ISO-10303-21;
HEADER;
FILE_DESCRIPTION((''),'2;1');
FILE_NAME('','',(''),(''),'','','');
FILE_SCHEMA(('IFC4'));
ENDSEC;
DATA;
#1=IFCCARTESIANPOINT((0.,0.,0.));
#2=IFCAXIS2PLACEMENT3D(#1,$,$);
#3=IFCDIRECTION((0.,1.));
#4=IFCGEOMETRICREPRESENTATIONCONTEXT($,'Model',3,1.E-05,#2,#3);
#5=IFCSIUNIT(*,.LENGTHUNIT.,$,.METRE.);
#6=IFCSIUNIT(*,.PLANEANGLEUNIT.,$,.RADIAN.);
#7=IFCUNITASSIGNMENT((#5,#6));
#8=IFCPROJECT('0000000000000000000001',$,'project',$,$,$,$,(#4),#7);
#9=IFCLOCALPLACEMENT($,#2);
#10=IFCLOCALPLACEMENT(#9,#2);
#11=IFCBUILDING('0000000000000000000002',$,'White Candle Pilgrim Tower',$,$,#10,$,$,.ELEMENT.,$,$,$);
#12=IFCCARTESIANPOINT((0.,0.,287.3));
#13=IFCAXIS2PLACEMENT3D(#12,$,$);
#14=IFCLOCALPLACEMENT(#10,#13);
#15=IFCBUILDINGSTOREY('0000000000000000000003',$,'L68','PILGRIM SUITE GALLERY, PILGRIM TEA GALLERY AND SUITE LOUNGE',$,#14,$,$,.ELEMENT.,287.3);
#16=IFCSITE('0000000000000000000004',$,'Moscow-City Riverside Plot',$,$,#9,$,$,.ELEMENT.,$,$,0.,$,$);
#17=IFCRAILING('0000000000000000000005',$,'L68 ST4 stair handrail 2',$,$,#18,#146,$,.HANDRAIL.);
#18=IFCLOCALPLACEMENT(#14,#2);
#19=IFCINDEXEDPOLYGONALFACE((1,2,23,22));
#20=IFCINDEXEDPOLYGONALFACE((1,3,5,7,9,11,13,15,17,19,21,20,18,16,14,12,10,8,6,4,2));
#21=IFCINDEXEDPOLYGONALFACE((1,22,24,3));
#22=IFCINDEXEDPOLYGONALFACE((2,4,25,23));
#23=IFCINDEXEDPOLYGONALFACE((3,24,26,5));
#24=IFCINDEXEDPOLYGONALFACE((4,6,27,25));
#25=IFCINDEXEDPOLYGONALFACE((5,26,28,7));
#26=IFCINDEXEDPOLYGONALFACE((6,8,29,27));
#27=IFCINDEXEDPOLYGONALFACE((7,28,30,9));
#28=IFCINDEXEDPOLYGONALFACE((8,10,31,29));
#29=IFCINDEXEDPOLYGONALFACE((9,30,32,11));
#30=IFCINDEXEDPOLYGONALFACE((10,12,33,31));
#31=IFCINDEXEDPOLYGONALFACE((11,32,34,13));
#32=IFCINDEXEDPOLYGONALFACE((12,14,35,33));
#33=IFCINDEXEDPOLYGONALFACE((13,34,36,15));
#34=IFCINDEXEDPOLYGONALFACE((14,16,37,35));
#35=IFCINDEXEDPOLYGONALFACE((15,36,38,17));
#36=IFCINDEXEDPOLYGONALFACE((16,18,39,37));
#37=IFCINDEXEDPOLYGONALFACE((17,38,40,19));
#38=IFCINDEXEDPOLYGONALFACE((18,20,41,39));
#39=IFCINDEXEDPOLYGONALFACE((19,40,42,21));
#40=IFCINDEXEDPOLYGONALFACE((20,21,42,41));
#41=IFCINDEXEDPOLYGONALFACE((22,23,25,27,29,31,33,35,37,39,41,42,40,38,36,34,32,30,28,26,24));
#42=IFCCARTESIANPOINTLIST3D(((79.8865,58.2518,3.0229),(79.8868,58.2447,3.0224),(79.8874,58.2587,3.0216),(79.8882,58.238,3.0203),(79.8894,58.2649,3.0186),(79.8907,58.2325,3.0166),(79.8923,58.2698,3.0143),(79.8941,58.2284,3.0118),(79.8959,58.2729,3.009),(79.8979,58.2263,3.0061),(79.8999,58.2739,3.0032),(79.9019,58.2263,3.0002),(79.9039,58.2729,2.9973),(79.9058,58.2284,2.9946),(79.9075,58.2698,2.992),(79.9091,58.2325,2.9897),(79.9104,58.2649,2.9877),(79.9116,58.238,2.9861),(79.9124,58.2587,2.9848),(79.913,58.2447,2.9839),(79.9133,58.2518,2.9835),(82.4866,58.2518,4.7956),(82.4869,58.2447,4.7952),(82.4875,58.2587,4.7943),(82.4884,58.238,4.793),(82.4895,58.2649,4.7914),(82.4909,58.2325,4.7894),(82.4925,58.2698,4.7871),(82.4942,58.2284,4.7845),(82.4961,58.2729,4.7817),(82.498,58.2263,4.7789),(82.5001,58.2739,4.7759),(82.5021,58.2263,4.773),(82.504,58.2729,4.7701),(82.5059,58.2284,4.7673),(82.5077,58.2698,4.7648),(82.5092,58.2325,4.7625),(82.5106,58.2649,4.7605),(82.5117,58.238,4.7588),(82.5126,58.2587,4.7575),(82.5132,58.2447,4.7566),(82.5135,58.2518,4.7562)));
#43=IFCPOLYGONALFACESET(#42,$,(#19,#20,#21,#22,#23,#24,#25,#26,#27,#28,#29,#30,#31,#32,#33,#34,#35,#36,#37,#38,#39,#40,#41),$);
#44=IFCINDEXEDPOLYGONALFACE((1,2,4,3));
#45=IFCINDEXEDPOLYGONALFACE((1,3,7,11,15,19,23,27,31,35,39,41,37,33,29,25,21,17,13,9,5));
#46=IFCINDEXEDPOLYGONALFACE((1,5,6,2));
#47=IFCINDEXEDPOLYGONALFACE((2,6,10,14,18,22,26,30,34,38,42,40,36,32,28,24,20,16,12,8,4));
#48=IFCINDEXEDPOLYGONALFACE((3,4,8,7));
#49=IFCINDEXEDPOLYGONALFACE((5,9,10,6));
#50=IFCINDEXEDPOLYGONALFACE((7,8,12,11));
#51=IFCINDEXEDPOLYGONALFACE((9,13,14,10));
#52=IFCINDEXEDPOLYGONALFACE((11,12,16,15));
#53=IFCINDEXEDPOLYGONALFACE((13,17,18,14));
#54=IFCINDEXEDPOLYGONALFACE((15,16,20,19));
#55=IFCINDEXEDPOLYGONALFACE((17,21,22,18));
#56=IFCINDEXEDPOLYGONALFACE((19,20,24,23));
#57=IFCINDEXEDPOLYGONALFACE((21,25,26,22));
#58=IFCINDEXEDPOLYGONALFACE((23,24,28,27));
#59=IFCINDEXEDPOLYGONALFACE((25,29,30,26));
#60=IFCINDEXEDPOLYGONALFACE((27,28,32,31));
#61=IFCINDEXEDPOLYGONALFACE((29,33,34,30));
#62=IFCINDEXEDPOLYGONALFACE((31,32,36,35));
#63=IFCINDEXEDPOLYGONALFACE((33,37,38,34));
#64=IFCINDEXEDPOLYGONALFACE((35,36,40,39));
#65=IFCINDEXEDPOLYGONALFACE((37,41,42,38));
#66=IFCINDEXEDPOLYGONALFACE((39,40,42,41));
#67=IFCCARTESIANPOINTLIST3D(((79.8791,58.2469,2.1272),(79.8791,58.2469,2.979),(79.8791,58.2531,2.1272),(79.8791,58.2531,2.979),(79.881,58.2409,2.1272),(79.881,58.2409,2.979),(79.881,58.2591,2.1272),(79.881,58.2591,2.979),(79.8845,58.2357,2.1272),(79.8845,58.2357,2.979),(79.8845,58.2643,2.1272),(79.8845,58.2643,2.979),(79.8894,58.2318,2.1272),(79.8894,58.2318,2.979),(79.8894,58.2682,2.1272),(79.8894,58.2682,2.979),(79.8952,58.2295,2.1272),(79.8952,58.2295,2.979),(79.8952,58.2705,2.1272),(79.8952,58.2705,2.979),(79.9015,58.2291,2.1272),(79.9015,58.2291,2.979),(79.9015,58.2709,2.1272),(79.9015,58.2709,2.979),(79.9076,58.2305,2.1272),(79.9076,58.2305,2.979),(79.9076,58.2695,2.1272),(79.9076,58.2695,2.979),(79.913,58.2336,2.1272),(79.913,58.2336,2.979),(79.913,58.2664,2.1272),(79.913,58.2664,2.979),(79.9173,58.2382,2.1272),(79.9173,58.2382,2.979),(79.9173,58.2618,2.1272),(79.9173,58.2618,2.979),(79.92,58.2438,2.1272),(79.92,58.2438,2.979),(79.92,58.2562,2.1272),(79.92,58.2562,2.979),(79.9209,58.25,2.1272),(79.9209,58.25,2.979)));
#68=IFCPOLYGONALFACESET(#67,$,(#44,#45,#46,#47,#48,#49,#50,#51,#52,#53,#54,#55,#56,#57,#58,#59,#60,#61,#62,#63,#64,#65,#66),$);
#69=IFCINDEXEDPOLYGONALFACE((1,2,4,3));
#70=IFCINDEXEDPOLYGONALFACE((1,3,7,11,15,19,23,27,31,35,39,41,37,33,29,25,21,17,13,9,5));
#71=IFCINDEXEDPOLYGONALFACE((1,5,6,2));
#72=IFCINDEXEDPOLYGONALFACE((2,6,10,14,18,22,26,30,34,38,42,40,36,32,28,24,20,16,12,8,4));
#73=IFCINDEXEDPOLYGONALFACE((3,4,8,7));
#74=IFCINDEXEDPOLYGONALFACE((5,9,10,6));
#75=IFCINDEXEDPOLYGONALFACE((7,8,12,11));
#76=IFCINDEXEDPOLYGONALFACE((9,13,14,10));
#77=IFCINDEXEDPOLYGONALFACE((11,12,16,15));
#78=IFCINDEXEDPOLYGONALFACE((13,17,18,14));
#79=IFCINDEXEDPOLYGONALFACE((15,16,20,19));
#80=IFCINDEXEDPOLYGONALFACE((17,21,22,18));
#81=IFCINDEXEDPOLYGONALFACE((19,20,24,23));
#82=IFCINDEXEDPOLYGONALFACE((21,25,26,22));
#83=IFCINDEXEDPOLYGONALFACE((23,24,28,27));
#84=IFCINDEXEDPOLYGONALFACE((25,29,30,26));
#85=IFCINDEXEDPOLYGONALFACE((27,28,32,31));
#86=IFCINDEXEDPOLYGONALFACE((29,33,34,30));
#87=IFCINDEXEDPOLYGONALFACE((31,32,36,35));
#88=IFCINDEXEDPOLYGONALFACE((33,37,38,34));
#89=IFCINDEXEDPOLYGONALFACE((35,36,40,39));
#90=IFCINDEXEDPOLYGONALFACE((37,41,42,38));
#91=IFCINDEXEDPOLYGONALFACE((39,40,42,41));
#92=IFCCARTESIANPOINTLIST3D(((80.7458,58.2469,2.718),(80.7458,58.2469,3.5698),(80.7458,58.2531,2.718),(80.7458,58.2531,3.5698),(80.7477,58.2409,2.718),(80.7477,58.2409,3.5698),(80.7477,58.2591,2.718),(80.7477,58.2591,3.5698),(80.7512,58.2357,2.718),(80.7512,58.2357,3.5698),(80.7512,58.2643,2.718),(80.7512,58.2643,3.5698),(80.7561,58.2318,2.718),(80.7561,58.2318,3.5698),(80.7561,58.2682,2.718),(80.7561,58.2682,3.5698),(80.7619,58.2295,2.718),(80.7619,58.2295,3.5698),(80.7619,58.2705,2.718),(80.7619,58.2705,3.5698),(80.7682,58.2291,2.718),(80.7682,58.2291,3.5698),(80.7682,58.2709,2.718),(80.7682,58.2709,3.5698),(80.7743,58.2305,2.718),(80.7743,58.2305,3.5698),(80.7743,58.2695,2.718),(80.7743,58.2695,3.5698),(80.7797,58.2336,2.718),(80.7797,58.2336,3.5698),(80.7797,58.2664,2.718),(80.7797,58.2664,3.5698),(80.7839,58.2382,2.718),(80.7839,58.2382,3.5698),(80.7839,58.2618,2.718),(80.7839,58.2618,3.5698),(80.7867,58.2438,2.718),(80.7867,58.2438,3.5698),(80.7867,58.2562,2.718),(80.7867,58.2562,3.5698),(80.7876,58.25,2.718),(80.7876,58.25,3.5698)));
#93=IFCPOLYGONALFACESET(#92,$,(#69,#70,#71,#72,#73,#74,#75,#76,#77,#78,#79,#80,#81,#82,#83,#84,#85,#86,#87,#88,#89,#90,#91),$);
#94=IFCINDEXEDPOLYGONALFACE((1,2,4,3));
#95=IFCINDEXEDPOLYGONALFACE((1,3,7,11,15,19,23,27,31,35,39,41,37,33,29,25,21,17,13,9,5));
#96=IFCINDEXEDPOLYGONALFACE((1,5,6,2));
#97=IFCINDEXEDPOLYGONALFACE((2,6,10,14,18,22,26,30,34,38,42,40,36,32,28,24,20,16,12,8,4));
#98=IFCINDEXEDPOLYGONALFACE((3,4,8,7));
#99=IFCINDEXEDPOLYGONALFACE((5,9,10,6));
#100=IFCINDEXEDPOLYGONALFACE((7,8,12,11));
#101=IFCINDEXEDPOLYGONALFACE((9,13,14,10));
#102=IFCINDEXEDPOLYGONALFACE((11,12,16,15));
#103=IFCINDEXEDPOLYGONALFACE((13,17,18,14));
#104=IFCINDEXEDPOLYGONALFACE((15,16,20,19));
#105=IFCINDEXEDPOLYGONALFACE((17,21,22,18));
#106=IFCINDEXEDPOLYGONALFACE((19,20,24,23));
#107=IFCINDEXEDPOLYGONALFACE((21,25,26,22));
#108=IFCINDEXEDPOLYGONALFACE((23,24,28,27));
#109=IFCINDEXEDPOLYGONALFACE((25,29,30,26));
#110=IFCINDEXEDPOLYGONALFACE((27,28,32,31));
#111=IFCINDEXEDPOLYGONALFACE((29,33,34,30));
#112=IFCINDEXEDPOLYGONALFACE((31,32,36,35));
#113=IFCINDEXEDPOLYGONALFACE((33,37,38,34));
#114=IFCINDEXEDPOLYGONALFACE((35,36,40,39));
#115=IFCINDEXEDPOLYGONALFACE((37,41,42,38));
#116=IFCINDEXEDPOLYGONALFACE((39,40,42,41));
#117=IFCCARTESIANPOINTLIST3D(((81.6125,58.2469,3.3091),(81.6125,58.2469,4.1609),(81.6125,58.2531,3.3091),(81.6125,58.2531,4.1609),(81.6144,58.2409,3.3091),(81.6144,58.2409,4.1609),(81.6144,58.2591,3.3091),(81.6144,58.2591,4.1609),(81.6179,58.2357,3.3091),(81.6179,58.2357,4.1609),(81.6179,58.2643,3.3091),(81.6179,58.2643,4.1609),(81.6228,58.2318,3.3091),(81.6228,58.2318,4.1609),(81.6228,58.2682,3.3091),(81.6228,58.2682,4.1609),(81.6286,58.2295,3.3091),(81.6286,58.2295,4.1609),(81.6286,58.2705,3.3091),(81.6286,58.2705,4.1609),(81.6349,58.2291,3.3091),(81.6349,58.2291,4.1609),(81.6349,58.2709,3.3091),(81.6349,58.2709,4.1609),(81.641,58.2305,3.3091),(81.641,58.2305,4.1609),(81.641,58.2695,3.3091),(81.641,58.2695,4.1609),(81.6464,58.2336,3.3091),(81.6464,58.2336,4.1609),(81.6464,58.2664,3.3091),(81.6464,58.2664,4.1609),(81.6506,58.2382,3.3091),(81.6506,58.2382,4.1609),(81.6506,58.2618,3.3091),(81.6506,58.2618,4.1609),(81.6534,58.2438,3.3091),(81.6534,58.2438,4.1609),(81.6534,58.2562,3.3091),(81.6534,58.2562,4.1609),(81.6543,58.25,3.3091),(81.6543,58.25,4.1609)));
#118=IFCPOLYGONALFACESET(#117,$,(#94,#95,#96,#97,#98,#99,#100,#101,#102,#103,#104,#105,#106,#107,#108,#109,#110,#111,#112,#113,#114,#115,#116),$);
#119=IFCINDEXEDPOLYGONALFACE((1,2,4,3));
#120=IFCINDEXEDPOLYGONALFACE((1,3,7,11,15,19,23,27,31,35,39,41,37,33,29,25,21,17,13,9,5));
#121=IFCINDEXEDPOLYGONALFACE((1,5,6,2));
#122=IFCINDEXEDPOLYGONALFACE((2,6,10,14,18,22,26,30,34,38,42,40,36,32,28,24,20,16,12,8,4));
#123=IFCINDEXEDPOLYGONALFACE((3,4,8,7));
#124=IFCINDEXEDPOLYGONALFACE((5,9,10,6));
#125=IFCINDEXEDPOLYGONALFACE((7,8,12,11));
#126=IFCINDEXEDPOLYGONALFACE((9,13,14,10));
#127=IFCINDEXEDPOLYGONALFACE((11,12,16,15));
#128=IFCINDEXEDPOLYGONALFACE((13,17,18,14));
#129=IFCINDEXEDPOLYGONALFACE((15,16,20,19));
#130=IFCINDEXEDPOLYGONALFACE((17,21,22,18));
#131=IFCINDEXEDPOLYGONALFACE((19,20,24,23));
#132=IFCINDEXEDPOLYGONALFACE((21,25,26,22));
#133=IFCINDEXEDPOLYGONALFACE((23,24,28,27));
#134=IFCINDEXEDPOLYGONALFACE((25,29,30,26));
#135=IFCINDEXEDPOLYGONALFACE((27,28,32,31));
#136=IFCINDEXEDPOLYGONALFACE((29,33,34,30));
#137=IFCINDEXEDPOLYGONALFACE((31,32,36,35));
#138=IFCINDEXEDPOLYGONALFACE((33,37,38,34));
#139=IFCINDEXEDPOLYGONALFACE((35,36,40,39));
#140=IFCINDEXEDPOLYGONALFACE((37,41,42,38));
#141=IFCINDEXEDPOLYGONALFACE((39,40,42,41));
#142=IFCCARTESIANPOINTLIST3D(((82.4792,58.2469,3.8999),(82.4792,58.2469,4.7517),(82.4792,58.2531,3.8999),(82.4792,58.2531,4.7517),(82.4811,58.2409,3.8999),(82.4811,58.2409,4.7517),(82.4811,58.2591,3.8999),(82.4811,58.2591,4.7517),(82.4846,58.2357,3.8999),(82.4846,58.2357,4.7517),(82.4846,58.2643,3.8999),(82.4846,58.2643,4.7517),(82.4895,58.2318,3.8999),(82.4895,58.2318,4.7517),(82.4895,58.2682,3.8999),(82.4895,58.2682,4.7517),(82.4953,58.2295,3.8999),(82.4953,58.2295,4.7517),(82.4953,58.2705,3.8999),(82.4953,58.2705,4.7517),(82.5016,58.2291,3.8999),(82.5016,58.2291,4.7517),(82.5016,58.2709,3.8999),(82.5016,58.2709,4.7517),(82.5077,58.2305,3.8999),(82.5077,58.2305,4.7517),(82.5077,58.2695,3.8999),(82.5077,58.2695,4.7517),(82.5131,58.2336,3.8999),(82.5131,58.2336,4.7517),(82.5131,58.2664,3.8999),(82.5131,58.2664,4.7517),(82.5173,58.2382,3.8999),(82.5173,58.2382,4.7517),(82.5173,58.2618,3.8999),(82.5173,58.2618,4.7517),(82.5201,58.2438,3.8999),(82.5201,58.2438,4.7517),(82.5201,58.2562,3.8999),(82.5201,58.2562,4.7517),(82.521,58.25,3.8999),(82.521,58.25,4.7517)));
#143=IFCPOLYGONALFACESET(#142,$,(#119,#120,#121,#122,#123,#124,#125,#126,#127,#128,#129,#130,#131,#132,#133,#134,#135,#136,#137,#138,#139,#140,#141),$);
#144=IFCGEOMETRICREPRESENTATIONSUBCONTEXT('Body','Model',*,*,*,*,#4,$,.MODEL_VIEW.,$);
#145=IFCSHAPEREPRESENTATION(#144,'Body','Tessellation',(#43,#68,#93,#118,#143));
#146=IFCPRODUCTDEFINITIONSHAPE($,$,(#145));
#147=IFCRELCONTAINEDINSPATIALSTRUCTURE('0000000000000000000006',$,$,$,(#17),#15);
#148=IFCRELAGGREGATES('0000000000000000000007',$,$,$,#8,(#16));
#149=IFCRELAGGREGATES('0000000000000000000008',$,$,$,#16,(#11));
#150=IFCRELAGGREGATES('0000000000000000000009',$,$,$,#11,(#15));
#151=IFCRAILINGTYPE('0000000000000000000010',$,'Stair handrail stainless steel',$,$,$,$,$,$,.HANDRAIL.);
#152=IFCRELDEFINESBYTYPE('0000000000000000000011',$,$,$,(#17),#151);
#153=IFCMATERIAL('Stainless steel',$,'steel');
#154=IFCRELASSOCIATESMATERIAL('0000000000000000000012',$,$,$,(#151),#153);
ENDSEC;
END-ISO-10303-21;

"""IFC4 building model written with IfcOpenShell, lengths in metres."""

from ifc_helpers import new_model, si_unit, direction, frame, origin, origin_2d, place, context, subcontext, project, spatial, circle, extrude, material, type_object, element, save


model = new_model("IFC4")

# Units and contexts
model_context = context("Model", 3, precision=1e-05, world=origin(), true_north=direction((0.0, 1.0)))
body_context = subcontext(model_context, "Body", "Model", "MODEL_VIEW")
ifc_project = project(units=[si_unit("LENGTHUNIT", "METRE"), si_unit("PLANEANGLEUNIT", "RADIAN")], contexts=[model_context])

# Site, building, storey
site_placement = place(None, origin())
site = spatial("IfcSite", under=ifc_project, at=site_placement, Name="Moscow-City Riverside Plot", CompositionType="ELEMENT", RefElevation=0.0)
building_placement = place(site_placement, origin())
building = spatial("IfcBuilding", under=site, at=building_placement, Name="White Candle Pilgrim Tower", CompositionType="ELEMENT")
storey_placement = place(building_placement, frame((0.0, 0.0, 287.3)))
storey = spatial("IfcBuildingStorey", under=building, at=storey_placement, Name="L68", Description="PILGRIM SUITE GALLERY, PILGRIM TEA GALLERY AND SUITE LOUNGE", CompositionType="ELEMENT", Elevation=287.3)

# Railing
ifc_material_1 = material(Name="Stainless steel", Category="steel")
railing_type_1 = type_object("IfcRailingType", Name="Stair handrail stainless steel", PredefinedType="HANDRAIL", material=ifc_material_1)
railing_1_placement = place(storey_placement, frame((79.8999, 58.25, 2.1272)))
element("IfcRailing", 1, at=railing_1_placement, inside=storey, type_object=railing_type_1, Name="L68 ST4 stair handrail 2", PredefinedType="HANDRAIL", context=body_context, shape_type="SweptSolid", body=[
    extrude(circle(Radius=0.0239, at=origin_2d()), frame((0.0, 0.0, 0.876), z_axis=(0.82624, 0.0, 0.563318), x_axis=(0.0, 1.0, 0.0)), (0.0, 0.0, 1.0), 3.147),
    extrude(circle(Radius=0.021, at=origin_2d()), origin(), (0.0, 0.0, 1.0), 0.8518),
    extrude(circle(Radius=0.021, at=origin_2d()), frame((0.8667, 0.0, 0.5908)), (0.0, 0.0, 1.0), 0.8518),
    extrude(circle(Radius=0.021, at=origin_2d()), frame((1.7334, 0.0, 1.1819)), (0.0, 0.0, 1.0), 0.8518),
    extrude(circle(Radius=0.021, at=origin_2d()), frame((2.6001, 0.0, 1.7727)), (0.0, 0.0, 1.0), 0.8518),
])

save(model, "model.ifc")
